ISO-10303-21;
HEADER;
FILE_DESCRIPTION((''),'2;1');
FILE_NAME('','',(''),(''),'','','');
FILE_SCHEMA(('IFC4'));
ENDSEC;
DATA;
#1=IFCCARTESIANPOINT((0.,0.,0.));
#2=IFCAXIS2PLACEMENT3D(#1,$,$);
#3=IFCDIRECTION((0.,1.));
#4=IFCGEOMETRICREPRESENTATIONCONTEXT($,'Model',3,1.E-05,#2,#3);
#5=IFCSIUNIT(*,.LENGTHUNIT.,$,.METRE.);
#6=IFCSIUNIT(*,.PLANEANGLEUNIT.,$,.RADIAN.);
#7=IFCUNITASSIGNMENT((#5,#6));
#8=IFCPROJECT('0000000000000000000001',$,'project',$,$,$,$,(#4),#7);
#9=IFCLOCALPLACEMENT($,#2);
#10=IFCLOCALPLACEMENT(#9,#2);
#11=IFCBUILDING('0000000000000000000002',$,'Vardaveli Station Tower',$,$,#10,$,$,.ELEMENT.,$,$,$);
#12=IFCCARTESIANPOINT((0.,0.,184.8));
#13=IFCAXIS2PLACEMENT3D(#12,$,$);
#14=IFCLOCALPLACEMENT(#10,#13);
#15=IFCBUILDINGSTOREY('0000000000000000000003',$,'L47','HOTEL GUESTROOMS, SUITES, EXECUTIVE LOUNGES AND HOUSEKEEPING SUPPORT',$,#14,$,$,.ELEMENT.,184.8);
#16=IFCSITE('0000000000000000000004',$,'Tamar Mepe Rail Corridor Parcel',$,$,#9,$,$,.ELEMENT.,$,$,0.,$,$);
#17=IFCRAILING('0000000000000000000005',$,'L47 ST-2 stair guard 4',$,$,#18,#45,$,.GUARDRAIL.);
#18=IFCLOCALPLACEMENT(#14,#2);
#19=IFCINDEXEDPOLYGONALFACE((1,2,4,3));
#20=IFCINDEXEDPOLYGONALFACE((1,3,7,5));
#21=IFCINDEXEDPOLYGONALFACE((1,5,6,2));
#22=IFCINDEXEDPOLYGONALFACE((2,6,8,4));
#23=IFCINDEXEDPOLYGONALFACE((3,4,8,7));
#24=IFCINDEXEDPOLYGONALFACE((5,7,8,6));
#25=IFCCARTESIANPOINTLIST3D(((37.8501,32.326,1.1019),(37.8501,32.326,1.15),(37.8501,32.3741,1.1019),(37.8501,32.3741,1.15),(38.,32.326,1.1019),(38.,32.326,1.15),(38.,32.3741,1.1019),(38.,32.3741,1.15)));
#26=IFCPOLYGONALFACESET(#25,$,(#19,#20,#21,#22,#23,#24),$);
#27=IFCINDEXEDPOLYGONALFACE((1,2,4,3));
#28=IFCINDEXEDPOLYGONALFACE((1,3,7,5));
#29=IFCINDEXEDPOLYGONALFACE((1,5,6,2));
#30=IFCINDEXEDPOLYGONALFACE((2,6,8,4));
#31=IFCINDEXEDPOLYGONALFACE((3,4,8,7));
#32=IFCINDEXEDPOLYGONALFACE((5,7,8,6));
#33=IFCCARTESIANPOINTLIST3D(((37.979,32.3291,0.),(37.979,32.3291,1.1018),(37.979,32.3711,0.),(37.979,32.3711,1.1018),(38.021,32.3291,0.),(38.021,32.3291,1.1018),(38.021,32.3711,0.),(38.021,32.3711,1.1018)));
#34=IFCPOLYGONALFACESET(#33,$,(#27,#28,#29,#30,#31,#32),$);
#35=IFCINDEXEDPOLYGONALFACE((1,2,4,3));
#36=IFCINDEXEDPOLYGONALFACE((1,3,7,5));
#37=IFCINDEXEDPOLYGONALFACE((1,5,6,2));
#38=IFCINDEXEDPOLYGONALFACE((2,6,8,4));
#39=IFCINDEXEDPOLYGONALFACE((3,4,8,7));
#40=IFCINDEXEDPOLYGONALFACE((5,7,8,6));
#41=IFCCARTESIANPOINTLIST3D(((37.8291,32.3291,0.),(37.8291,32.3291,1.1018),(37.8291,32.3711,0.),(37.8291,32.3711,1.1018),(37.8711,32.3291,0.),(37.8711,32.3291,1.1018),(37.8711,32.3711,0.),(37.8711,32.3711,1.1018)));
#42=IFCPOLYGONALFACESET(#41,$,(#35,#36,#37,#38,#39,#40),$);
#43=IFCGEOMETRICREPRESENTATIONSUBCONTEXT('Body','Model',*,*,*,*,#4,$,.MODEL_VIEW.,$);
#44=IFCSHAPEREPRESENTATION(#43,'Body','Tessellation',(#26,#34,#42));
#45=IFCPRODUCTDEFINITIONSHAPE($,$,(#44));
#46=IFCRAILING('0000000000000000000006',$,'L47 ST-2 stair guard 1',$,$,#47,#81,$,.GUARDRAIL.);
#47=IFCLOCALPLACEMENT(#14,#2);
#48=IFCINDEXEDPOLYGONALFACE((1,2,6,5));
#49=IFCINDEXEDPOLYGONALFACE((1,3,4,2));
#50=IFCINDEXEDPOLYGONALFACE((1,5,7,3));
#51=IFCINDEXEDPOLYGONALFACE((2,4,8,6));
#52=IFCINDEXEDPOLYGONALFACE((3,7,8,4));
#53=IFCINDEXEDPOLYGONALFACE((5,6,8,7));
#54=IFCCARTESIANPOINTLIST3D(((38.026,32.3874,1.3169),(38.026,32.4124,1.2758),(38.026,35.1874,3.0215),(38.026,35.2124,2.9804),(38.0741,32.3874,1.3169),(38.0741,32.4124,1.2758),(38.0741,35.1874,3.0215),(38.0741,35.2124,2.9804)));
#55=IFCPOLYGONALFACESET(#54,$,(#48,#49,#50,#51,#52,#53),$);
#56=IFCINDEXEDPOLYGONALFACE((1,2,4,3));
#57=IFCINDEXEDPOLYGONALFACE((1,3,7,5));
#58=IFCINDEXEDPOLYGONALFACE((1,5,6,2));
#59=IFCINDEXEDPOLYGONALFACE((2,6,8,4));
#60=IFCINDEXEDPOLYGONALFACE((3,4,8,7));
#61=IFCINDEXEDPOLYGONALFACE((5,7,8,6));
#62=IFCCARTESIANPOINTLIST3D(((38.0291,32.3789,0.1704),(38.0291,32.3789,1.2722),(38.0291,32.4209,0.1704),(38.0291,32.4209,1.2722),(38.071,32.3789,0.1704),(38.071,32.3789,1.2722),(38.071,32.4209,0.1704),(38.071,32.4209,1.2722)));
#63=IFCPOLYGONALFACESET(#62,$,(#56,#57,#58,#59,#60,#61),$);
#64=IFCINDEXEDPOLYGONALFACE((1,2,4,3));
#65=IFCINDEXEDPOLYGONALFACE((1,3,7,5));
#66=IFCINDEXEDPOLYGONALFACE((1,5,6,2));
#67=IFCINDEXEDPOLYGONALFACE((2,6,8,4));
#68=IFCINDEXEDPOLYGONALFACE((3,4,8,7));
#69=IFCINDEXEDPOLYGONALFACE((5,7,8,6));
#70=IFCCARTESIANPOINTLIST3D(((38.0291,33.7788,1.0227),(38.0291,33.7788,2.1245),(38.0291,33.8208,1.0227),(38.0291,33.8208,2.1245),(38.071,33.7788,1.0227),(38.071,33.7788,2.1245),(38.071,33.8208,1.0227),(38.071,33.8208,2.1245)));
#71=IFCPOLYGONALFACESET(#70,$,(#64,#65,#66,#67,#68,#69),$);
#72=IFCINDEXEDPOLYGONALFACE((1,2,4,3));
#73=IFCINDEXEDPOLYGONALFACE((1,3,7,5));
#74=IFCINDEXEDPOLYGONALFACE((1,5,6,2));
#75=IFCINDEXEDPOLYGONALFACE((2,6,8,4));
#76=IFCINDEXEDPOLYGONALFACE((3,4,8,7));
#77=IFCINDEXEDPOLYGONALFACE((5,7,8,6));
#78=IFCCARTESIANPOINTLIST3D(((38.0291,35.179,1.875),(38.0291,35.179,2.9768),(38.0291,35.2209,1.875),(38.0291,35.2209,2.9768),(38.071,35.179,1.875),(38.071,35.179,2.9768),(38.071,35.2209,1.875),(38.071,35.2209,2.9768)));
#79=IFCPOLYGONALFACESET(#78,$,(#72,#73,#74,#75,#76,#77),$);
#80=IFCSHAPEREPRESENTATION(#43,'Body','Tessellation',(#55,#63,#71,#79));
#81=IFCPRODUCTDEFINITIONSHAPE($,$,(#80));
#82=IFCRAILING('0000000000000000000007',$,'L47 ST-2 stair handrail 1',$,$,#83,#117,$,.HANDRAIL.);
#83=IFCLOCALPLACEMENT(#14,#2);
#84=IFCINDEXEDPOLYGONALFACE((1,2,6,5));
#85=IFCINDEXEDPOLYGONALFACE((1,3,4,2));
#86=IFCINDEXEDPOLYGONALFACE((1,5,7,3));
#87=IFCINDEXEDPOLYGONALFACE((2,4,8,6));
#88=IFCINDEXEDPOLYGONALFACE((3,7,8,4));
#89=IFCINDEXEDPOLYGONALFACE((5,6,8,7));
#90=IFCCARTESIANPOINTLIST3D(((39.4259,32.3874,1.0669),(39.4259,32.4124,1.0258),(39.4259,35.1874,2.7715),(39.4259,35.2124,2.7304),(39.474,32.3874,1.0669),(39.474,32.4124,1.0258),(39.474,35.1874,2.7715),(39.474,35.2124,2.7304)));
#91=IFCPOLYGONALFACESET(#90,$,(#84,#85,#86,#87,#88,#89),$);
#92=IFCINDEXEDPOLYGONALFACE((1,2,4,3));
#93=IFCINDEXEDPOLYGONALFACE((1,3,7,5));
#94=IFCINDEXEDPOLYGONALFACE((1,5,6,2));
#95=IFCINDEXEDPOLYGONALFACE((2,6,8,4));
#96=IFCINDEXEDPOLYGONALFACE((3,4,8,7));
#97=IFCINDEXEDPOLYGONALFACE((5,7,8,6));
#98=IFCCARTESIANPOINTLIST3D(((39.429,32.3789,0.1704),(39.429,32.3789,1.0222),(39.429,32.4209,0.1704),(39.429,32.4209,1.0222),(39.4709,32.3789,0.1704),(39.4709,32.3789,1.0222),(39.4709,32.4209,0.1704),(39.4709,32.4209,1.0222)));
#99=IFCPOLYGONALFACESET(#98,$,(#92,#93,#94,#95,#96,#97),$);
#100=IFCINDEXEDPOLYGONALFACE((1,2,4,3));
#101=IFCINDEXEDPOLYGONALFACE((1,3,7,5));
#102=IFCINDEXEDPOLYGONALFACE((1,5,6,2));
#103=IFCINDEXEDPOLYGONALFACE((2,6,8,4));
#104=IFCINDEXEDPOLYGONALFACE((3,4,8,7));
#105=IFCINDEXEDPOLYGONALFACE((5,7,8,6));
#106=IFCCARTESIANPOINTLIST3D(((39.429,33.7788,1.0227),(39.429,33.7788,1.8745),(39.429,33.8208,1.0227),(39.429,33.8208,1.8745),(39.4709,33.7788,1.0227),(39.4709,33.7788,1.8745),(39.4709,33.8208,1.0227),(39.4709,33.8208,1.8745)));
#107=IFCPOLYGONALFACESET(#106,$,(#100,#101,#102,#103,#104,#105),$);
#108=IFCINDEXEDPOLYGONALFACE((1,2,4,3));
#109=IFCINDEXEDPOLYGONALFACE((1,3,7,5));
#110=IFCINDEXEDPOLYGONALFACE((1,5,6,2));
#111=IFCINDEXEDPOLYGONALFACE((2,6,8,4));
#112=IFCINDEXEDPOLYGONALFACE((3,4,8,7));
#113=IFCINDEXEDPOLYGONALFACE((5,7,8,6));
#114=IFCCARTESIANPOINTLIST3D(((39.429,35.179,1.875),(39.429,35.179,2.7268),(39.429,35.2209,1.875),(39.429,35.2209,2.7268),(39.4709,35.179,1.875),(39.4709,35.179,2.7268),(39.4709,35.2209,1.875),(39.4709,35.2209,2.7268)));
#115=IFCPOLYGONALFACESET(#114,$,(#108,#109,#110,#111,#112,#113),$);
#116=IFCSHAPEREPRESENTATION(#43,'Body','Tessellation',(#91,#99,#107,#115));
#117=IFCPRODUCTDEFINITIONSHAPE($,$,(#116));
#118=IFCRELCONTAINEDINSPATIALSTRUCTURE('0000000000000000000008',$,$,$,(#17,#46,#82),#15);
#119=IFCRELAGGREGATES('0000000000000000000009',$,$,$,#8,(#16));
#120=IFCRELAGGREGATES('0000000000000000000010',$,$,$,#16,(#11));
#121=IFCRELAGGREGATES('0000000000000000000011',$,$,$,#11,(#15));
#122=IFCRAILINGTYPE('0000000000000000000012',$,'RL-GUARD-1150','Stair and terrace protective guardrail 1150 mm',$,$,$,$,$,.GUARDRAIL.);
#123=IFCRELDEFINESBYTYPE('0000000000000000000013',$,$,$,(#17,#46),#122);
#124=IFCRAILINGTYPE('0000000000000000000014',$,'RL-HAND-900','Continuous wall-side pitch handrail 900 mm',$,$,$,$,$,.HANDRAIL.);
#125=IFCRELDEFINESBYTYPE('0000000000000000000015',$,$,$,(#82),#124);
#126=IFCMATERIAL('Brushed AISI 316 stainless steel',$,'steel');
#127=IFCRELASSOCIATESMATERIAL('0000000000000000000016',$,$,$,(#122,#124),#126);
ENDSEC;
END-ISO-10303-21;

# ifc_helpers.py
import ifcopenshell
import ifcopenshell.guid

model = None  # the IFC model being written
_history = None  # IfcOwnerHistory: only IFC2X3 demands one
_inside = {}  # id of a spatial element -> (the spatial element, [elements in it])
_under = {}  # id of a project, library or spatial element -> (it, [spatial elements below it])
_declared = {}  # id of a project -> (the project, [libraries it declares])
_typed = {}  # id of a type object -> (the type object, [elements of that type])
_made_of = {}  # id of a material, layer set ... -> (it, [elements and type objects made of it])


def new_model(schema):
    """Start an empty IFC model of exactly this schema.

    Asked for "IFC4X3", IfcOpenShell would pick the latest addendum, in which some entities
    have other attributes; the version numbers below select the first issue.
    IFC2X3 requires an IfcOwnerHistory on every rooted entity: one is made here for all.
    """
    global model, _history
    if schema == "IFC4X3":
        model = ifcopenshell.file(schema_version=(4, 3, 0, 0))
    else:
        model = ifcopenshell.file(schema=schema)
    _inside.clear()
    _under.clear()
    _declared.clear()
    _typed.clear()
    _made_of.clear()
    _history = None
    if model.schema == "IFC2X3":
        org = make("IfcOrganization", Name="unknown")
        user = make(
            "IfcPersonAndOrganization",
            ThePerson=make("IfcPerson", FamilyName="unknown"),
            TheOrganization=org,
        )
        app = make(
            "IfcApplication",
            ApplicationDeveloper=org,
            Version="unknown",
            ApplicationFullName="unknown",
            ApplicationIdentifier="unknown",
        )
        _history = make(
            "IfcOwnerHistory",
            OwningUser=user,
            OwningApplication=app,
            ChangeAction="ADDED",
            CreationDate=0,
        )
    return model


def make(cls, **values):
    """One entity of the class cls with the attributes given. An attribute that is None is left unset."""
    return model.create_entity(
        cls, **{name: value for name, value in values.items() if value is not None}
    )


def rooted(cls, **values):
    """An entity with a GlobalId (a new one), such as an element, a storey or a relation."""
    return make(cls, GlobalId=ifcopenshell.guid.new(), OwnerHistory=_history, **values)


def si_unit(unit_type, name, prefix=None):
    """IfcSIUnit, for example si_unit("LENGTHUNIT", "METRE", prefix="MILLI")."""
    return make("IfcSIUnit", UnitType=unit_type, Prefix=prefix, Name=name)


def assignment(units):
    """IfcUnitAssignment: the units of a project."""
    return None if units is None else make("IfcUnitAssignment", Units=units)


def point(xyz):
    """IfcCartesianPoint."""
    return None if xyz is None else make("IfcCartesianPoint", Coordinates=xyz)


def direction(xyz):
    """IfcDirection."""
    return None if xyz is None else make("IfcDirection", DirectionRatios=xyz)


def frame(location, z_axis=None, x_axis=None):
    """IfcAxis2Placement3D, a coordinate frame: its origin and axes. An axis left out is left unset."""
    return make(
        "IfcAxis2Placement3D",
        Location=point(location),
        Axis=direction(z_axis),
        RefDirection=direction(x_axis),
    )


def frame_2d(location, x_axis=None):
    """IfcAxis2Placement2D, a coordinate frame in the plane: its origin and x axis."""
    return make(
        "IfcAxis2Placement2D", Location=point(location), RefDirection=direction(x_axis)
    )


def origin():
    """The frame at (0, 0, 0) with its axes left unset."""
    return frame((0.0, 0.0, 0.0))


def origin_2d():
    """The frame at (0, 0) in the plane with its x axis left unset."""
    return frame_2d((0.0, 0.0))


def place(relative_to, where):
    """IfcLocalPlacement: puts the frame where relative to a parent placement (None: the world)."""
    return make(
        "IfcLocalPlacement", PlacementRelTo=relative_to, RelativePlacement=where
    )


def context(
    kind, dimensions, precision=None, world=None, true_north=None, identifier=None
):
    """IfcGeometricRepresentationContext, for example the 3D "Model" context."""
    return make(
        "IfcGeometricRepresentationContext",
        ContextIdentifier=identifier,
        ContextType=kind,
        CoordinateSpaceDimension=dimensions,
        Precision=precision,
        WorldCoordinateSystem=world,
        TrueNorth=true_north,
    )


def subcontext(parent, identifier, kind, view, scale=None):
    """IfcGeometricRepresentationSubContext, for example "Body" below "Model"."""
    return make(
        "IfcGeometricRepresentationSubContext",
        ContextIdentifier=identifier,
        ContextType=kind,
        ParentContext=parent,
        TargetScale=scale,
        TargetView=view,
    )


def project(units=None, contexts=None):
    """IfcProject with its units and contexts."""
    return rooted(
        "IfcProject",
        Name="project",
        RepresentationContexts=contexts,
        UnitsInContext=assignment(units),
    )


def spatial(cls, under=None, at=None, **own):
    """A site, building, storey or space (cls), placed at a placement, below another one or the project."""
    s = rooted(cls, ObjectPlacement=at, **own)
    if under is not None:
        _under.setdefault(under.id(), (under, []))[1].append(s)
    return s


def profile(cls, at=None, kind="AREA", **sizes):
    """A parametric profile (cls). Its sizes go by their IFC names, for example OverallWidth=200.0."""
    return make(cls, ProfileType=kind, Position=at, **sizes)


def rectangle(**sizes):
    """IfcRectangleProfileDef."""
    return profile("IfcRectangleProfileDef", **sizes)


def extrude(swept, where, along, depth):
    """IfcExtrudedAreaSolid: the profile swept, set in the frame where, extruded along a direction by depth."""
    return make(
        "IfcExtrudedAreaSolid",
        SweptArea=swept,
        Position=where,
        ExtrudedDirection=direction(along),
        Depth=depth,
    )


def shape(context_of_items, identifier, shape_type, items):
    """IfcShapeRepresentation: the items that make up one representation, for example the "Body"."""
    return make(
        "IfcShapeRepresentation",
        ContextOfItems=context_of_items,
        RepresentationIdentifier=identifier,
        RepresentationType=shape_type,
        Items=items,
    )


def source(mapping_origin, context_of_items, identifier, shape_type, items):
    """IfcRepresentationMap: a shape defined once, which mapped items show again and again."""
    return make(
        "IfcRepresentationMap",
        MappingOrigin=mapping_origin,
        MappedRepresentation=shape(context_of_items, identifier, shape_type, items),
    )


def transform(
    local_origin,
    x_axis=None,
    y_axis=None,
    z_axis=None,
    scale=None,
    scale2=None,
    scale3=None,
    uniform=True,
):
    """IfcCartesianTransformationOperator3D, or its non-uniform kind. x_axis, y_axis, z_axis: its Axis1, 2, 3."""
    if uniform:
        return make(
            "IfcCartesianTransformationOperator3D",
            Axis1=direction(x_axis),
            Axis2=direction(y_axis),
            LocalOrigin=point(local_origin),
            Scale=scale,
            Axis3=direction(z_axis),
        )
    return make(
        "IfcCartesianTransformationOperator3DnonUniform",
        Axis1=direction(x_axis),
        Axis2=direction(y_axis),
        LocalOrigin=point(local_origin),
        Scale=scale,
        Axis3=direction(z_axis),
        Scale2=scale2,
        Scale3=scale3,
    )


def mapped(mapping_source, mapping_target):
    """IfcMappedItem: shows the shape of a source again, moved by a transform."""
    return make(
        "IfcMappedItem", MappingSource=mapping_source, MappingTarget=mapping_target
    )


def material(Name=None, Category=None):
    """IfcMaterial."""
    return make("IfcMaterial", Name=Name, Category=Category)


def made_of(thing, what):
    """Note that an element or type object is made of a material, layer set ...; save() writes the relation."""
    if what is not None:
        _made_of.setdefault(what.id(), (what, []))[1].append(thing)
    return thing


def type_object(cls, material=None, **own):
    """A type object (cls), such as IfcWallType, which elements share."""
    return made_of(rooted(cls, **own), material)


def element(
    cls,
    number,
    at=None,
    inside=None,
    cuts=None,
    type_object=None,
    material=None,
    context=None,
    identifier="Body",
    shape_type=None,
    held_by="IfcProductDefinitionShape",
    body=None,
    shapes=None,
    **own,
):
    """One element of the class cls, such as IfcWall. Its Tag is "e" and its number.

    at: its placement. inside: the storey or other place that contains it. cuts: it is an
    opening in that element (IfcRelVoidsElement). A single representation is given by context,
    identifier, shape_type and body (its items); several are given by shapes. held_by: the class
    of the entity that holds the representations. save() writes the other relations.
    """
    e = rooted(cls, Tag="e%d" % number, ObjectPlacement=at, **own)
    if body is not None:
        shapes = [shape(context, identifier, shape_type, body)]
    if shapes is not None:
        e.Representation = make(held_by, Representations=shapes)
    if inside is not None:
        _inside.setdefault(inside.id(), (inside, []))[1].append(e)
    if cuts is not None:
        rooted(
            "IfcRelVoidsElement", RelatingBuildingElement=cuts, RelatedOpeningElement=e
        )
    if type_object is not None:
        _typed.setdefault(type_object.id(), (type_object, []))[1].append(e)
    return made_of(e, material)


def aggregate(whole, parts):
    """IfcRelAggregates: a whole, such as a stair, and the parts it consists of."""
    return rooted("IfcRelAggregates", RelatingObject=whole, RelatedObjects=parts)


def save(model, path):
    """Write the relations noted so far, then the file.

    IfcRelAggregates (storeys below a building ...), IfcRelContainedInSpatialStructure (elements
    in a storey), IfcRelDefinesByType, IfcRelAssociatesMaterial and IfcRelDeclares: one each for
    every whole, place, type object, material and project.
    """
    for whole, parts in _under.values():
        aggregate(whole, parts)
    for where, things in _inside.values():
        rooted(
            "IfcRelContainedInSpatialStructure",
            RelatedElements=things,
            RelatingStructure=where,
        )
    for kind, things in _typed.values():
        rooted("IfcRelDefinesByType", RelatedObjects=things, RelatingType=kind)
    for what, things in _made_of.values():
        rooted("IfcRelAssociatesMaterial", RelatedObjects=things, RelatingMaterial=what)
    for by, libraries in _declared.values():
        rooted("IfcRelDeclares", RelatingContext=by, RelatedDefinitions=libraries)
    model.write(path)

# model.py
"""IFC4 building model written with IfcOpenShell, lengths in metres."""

from ifc_helpers import new_model, si_unit, direction, frame, origin, origin_2d, place, context, subcontext, project, spatial, rectangle, extrude, source, transform, mapped, material, type_object, element, save


model = new_model("IFC4")

# Units and contexts
model_context = context("Model", 3, precision=1e-05, world=origin(), true_north=direction((0.0, 1.0)))
body_context = subcontext(model_context, "Body", "Model", "MODEL_VIEW")
ifc_project = project(units=[si_unit("LENGTHUNIT", "METRE"), si_unit("PLANEANGLEUNIT", "RADIAN")], contexts=[model_context])

# Site, building, storey
site_placement = place(None, origin())
site = spatial("IfcSite", under=ifc_project, at=site_placement, Name="Tamar Mepe Rail Corridor Parcel", CompositionType="ELEMENT", RefElevation=0.0)
building_placement = place(site_placement, origin())
building = spatial("IfcBuilding", under=site, at=building_placement, Name="Vardaveli Station Tower", CompositionType="ELEMENT")
storey_placement = place(building_placement, frame((0.0, 0.0, 184.8)))
storey = spatial("IfcBuildingStorey", under=building, at=storey_placement, Name="L47", Description="HOTEL GUESTROOMS, SUITES, EXECUTIVE LOUNGES AND HOUSEKEEPING SUPPORT", CompositionType="ELEMENT", Elevation=184.8)

# Railings
ifc_material_1 = material(Name="Brushed AISI 316 stainless steel", Category="steel")
railing_type_1 = type_object("IfcRailingType", Name="RL-GUARD-1150", Description="Stair and terrace protective guardrail 1150 mm", PredefinedType="GUARDRAIL", material=ifc_material_1)
shared_shape_1 = source(origin(), body_context, "Body", "SweptSolid", [
    extrude(rectangle(XDim=0.0481, YDim=0.0481, at=origin_2d()), frame((0.0, 0.0, 1.126), z_axis=(-1.0, 0.0, 0.0), x_axis=(0.0, -1.0, 0.0)), (0.0, 0.0, 1.0), 0.1499),
    extrude(rectangle(XDim=0.042, YDim=0.042, at=origin_2d()), origin(), (0.0, 0.0, 1.0), 1.1018),
    extrude(rectangle(XDim=0.042, YDim=0.042, at=origin_2d()), frame((-0.1499, 0.0, 0.0)), (0.0, 0.0, 1.0), 1.1018),
])
railing_1_placement = place(storey_placement, frame((38.0, 32.3501, 0.0)))
element("IfcRailing", 1, at=railing_1_placement, inside=storey, type_object=railing_type_1, Name="L47 ST-2 stair guard 4", PredefinedType="GUARDRAIL", context=body_context, shape_type="MappedRepresentation", body=[
    mapped(shared_shape_1, transform((0.0, 0.0, 0.0), scale=1.0)),
])
shared_shape_2 = source(origin(), body_context, "Body", "SweptSolid", [
    extrude(rectangle(XDim=0.0481, YDim=0.0481, at=origin_2d()), frame((0.0, 0.0, 1.126), z_axis=(0.0, 0.85417, 0.519994), x_axis=(-1.0, 0.0, 0.0)), (0.0, 0.0, 1.0), 3.2781),
    extrude(rectangle(XDim=0.042, YDim=0.042, at=origin_2d()), origin(), (0.0, 0.0, 1.0), 1.1018),
    extrude(rectangle(XDim=0.042, YDim=0.042, at=origin_2d()), frame((0.0, 1.3999, 0.8523)), (0.0, 0.0, 1.0), 1.1018),
    extrude(rectangle(XDim=0.042, YDim=0.042, at=origin_2d()), frame((0.0, 2.8, 1.7046)), (0.0, 0.0, 1.0), 1.1018),
])
railing_2_placement = place(storey_placement, frame((38.05, 32.3999, 0.1704)))
element("IfcRailing", 2, at=railing_2_placement, inside=storey, type_object=railing_type_1, Name="L47 ST-2 stair guard 1", PredefinedType="GUARDRAIL", context=body_context, shape_type="MappedRepresentation", body=[
    mapped(shared_shape_2, transform((0.0, 0.0, 0.0), scale=1.0)),
])
railing_type_2 = type_object("IfcRailingType", Name="RL-HAND-900", Description="Continuous wall-side pitch handrail 900 mm", PredefinedType="HANDRAIL", material=ifc_material_1)
shared_shape_3 = source(origin(), body_context, "Body", "SweptSolid", [
    extrude(rectangle(XDim=0.0481, YDim=0.0481, at=origin_2d()), frame((0.0, 0.0, 0.876), z_axis=(0.0, 0.85417, 0.519994), x_axis=(-1.0, 0.0, 0.0)), (0.0, 0.0, 1.0), 3.2781),
    extrude(rectangle(XDim=0.042, YDim=0.042, at=origin_2d()), origin(), (0.0, 0.0, 1.0), 0.8518),
    extrude(rectangle(XDim=0.042, YDim=0.042, at=origin_2d()), frame((0.0, 1.3999, 0.8523)), (0.0, 0.0, 1.0), 0.8518),
    extrude(rectangle(XDim=0.042, YDim=0.042, at=origin_2d()), frame((0.0, 2.8, 1.7046)), (0.0, 0.0, 1.0), 0.8518),
])
railing_3_placement = place(storey_placement, frame((39.45, 32.3999, 0.1704)))
element("IfcRailing", 3, at=railing_3_placement, inside=storey, type_object=railing_type_2, Name="L47 ST-2 stair handrail 1", PredefinedType="HANDRAIL", context=body_context, shape_type="MappedRepresentation", body=[
    mapped(shared_shape_3, transform((0.0, 0.0, 0.0), scale=1.0)),
])

save(model, "model.ifc")
